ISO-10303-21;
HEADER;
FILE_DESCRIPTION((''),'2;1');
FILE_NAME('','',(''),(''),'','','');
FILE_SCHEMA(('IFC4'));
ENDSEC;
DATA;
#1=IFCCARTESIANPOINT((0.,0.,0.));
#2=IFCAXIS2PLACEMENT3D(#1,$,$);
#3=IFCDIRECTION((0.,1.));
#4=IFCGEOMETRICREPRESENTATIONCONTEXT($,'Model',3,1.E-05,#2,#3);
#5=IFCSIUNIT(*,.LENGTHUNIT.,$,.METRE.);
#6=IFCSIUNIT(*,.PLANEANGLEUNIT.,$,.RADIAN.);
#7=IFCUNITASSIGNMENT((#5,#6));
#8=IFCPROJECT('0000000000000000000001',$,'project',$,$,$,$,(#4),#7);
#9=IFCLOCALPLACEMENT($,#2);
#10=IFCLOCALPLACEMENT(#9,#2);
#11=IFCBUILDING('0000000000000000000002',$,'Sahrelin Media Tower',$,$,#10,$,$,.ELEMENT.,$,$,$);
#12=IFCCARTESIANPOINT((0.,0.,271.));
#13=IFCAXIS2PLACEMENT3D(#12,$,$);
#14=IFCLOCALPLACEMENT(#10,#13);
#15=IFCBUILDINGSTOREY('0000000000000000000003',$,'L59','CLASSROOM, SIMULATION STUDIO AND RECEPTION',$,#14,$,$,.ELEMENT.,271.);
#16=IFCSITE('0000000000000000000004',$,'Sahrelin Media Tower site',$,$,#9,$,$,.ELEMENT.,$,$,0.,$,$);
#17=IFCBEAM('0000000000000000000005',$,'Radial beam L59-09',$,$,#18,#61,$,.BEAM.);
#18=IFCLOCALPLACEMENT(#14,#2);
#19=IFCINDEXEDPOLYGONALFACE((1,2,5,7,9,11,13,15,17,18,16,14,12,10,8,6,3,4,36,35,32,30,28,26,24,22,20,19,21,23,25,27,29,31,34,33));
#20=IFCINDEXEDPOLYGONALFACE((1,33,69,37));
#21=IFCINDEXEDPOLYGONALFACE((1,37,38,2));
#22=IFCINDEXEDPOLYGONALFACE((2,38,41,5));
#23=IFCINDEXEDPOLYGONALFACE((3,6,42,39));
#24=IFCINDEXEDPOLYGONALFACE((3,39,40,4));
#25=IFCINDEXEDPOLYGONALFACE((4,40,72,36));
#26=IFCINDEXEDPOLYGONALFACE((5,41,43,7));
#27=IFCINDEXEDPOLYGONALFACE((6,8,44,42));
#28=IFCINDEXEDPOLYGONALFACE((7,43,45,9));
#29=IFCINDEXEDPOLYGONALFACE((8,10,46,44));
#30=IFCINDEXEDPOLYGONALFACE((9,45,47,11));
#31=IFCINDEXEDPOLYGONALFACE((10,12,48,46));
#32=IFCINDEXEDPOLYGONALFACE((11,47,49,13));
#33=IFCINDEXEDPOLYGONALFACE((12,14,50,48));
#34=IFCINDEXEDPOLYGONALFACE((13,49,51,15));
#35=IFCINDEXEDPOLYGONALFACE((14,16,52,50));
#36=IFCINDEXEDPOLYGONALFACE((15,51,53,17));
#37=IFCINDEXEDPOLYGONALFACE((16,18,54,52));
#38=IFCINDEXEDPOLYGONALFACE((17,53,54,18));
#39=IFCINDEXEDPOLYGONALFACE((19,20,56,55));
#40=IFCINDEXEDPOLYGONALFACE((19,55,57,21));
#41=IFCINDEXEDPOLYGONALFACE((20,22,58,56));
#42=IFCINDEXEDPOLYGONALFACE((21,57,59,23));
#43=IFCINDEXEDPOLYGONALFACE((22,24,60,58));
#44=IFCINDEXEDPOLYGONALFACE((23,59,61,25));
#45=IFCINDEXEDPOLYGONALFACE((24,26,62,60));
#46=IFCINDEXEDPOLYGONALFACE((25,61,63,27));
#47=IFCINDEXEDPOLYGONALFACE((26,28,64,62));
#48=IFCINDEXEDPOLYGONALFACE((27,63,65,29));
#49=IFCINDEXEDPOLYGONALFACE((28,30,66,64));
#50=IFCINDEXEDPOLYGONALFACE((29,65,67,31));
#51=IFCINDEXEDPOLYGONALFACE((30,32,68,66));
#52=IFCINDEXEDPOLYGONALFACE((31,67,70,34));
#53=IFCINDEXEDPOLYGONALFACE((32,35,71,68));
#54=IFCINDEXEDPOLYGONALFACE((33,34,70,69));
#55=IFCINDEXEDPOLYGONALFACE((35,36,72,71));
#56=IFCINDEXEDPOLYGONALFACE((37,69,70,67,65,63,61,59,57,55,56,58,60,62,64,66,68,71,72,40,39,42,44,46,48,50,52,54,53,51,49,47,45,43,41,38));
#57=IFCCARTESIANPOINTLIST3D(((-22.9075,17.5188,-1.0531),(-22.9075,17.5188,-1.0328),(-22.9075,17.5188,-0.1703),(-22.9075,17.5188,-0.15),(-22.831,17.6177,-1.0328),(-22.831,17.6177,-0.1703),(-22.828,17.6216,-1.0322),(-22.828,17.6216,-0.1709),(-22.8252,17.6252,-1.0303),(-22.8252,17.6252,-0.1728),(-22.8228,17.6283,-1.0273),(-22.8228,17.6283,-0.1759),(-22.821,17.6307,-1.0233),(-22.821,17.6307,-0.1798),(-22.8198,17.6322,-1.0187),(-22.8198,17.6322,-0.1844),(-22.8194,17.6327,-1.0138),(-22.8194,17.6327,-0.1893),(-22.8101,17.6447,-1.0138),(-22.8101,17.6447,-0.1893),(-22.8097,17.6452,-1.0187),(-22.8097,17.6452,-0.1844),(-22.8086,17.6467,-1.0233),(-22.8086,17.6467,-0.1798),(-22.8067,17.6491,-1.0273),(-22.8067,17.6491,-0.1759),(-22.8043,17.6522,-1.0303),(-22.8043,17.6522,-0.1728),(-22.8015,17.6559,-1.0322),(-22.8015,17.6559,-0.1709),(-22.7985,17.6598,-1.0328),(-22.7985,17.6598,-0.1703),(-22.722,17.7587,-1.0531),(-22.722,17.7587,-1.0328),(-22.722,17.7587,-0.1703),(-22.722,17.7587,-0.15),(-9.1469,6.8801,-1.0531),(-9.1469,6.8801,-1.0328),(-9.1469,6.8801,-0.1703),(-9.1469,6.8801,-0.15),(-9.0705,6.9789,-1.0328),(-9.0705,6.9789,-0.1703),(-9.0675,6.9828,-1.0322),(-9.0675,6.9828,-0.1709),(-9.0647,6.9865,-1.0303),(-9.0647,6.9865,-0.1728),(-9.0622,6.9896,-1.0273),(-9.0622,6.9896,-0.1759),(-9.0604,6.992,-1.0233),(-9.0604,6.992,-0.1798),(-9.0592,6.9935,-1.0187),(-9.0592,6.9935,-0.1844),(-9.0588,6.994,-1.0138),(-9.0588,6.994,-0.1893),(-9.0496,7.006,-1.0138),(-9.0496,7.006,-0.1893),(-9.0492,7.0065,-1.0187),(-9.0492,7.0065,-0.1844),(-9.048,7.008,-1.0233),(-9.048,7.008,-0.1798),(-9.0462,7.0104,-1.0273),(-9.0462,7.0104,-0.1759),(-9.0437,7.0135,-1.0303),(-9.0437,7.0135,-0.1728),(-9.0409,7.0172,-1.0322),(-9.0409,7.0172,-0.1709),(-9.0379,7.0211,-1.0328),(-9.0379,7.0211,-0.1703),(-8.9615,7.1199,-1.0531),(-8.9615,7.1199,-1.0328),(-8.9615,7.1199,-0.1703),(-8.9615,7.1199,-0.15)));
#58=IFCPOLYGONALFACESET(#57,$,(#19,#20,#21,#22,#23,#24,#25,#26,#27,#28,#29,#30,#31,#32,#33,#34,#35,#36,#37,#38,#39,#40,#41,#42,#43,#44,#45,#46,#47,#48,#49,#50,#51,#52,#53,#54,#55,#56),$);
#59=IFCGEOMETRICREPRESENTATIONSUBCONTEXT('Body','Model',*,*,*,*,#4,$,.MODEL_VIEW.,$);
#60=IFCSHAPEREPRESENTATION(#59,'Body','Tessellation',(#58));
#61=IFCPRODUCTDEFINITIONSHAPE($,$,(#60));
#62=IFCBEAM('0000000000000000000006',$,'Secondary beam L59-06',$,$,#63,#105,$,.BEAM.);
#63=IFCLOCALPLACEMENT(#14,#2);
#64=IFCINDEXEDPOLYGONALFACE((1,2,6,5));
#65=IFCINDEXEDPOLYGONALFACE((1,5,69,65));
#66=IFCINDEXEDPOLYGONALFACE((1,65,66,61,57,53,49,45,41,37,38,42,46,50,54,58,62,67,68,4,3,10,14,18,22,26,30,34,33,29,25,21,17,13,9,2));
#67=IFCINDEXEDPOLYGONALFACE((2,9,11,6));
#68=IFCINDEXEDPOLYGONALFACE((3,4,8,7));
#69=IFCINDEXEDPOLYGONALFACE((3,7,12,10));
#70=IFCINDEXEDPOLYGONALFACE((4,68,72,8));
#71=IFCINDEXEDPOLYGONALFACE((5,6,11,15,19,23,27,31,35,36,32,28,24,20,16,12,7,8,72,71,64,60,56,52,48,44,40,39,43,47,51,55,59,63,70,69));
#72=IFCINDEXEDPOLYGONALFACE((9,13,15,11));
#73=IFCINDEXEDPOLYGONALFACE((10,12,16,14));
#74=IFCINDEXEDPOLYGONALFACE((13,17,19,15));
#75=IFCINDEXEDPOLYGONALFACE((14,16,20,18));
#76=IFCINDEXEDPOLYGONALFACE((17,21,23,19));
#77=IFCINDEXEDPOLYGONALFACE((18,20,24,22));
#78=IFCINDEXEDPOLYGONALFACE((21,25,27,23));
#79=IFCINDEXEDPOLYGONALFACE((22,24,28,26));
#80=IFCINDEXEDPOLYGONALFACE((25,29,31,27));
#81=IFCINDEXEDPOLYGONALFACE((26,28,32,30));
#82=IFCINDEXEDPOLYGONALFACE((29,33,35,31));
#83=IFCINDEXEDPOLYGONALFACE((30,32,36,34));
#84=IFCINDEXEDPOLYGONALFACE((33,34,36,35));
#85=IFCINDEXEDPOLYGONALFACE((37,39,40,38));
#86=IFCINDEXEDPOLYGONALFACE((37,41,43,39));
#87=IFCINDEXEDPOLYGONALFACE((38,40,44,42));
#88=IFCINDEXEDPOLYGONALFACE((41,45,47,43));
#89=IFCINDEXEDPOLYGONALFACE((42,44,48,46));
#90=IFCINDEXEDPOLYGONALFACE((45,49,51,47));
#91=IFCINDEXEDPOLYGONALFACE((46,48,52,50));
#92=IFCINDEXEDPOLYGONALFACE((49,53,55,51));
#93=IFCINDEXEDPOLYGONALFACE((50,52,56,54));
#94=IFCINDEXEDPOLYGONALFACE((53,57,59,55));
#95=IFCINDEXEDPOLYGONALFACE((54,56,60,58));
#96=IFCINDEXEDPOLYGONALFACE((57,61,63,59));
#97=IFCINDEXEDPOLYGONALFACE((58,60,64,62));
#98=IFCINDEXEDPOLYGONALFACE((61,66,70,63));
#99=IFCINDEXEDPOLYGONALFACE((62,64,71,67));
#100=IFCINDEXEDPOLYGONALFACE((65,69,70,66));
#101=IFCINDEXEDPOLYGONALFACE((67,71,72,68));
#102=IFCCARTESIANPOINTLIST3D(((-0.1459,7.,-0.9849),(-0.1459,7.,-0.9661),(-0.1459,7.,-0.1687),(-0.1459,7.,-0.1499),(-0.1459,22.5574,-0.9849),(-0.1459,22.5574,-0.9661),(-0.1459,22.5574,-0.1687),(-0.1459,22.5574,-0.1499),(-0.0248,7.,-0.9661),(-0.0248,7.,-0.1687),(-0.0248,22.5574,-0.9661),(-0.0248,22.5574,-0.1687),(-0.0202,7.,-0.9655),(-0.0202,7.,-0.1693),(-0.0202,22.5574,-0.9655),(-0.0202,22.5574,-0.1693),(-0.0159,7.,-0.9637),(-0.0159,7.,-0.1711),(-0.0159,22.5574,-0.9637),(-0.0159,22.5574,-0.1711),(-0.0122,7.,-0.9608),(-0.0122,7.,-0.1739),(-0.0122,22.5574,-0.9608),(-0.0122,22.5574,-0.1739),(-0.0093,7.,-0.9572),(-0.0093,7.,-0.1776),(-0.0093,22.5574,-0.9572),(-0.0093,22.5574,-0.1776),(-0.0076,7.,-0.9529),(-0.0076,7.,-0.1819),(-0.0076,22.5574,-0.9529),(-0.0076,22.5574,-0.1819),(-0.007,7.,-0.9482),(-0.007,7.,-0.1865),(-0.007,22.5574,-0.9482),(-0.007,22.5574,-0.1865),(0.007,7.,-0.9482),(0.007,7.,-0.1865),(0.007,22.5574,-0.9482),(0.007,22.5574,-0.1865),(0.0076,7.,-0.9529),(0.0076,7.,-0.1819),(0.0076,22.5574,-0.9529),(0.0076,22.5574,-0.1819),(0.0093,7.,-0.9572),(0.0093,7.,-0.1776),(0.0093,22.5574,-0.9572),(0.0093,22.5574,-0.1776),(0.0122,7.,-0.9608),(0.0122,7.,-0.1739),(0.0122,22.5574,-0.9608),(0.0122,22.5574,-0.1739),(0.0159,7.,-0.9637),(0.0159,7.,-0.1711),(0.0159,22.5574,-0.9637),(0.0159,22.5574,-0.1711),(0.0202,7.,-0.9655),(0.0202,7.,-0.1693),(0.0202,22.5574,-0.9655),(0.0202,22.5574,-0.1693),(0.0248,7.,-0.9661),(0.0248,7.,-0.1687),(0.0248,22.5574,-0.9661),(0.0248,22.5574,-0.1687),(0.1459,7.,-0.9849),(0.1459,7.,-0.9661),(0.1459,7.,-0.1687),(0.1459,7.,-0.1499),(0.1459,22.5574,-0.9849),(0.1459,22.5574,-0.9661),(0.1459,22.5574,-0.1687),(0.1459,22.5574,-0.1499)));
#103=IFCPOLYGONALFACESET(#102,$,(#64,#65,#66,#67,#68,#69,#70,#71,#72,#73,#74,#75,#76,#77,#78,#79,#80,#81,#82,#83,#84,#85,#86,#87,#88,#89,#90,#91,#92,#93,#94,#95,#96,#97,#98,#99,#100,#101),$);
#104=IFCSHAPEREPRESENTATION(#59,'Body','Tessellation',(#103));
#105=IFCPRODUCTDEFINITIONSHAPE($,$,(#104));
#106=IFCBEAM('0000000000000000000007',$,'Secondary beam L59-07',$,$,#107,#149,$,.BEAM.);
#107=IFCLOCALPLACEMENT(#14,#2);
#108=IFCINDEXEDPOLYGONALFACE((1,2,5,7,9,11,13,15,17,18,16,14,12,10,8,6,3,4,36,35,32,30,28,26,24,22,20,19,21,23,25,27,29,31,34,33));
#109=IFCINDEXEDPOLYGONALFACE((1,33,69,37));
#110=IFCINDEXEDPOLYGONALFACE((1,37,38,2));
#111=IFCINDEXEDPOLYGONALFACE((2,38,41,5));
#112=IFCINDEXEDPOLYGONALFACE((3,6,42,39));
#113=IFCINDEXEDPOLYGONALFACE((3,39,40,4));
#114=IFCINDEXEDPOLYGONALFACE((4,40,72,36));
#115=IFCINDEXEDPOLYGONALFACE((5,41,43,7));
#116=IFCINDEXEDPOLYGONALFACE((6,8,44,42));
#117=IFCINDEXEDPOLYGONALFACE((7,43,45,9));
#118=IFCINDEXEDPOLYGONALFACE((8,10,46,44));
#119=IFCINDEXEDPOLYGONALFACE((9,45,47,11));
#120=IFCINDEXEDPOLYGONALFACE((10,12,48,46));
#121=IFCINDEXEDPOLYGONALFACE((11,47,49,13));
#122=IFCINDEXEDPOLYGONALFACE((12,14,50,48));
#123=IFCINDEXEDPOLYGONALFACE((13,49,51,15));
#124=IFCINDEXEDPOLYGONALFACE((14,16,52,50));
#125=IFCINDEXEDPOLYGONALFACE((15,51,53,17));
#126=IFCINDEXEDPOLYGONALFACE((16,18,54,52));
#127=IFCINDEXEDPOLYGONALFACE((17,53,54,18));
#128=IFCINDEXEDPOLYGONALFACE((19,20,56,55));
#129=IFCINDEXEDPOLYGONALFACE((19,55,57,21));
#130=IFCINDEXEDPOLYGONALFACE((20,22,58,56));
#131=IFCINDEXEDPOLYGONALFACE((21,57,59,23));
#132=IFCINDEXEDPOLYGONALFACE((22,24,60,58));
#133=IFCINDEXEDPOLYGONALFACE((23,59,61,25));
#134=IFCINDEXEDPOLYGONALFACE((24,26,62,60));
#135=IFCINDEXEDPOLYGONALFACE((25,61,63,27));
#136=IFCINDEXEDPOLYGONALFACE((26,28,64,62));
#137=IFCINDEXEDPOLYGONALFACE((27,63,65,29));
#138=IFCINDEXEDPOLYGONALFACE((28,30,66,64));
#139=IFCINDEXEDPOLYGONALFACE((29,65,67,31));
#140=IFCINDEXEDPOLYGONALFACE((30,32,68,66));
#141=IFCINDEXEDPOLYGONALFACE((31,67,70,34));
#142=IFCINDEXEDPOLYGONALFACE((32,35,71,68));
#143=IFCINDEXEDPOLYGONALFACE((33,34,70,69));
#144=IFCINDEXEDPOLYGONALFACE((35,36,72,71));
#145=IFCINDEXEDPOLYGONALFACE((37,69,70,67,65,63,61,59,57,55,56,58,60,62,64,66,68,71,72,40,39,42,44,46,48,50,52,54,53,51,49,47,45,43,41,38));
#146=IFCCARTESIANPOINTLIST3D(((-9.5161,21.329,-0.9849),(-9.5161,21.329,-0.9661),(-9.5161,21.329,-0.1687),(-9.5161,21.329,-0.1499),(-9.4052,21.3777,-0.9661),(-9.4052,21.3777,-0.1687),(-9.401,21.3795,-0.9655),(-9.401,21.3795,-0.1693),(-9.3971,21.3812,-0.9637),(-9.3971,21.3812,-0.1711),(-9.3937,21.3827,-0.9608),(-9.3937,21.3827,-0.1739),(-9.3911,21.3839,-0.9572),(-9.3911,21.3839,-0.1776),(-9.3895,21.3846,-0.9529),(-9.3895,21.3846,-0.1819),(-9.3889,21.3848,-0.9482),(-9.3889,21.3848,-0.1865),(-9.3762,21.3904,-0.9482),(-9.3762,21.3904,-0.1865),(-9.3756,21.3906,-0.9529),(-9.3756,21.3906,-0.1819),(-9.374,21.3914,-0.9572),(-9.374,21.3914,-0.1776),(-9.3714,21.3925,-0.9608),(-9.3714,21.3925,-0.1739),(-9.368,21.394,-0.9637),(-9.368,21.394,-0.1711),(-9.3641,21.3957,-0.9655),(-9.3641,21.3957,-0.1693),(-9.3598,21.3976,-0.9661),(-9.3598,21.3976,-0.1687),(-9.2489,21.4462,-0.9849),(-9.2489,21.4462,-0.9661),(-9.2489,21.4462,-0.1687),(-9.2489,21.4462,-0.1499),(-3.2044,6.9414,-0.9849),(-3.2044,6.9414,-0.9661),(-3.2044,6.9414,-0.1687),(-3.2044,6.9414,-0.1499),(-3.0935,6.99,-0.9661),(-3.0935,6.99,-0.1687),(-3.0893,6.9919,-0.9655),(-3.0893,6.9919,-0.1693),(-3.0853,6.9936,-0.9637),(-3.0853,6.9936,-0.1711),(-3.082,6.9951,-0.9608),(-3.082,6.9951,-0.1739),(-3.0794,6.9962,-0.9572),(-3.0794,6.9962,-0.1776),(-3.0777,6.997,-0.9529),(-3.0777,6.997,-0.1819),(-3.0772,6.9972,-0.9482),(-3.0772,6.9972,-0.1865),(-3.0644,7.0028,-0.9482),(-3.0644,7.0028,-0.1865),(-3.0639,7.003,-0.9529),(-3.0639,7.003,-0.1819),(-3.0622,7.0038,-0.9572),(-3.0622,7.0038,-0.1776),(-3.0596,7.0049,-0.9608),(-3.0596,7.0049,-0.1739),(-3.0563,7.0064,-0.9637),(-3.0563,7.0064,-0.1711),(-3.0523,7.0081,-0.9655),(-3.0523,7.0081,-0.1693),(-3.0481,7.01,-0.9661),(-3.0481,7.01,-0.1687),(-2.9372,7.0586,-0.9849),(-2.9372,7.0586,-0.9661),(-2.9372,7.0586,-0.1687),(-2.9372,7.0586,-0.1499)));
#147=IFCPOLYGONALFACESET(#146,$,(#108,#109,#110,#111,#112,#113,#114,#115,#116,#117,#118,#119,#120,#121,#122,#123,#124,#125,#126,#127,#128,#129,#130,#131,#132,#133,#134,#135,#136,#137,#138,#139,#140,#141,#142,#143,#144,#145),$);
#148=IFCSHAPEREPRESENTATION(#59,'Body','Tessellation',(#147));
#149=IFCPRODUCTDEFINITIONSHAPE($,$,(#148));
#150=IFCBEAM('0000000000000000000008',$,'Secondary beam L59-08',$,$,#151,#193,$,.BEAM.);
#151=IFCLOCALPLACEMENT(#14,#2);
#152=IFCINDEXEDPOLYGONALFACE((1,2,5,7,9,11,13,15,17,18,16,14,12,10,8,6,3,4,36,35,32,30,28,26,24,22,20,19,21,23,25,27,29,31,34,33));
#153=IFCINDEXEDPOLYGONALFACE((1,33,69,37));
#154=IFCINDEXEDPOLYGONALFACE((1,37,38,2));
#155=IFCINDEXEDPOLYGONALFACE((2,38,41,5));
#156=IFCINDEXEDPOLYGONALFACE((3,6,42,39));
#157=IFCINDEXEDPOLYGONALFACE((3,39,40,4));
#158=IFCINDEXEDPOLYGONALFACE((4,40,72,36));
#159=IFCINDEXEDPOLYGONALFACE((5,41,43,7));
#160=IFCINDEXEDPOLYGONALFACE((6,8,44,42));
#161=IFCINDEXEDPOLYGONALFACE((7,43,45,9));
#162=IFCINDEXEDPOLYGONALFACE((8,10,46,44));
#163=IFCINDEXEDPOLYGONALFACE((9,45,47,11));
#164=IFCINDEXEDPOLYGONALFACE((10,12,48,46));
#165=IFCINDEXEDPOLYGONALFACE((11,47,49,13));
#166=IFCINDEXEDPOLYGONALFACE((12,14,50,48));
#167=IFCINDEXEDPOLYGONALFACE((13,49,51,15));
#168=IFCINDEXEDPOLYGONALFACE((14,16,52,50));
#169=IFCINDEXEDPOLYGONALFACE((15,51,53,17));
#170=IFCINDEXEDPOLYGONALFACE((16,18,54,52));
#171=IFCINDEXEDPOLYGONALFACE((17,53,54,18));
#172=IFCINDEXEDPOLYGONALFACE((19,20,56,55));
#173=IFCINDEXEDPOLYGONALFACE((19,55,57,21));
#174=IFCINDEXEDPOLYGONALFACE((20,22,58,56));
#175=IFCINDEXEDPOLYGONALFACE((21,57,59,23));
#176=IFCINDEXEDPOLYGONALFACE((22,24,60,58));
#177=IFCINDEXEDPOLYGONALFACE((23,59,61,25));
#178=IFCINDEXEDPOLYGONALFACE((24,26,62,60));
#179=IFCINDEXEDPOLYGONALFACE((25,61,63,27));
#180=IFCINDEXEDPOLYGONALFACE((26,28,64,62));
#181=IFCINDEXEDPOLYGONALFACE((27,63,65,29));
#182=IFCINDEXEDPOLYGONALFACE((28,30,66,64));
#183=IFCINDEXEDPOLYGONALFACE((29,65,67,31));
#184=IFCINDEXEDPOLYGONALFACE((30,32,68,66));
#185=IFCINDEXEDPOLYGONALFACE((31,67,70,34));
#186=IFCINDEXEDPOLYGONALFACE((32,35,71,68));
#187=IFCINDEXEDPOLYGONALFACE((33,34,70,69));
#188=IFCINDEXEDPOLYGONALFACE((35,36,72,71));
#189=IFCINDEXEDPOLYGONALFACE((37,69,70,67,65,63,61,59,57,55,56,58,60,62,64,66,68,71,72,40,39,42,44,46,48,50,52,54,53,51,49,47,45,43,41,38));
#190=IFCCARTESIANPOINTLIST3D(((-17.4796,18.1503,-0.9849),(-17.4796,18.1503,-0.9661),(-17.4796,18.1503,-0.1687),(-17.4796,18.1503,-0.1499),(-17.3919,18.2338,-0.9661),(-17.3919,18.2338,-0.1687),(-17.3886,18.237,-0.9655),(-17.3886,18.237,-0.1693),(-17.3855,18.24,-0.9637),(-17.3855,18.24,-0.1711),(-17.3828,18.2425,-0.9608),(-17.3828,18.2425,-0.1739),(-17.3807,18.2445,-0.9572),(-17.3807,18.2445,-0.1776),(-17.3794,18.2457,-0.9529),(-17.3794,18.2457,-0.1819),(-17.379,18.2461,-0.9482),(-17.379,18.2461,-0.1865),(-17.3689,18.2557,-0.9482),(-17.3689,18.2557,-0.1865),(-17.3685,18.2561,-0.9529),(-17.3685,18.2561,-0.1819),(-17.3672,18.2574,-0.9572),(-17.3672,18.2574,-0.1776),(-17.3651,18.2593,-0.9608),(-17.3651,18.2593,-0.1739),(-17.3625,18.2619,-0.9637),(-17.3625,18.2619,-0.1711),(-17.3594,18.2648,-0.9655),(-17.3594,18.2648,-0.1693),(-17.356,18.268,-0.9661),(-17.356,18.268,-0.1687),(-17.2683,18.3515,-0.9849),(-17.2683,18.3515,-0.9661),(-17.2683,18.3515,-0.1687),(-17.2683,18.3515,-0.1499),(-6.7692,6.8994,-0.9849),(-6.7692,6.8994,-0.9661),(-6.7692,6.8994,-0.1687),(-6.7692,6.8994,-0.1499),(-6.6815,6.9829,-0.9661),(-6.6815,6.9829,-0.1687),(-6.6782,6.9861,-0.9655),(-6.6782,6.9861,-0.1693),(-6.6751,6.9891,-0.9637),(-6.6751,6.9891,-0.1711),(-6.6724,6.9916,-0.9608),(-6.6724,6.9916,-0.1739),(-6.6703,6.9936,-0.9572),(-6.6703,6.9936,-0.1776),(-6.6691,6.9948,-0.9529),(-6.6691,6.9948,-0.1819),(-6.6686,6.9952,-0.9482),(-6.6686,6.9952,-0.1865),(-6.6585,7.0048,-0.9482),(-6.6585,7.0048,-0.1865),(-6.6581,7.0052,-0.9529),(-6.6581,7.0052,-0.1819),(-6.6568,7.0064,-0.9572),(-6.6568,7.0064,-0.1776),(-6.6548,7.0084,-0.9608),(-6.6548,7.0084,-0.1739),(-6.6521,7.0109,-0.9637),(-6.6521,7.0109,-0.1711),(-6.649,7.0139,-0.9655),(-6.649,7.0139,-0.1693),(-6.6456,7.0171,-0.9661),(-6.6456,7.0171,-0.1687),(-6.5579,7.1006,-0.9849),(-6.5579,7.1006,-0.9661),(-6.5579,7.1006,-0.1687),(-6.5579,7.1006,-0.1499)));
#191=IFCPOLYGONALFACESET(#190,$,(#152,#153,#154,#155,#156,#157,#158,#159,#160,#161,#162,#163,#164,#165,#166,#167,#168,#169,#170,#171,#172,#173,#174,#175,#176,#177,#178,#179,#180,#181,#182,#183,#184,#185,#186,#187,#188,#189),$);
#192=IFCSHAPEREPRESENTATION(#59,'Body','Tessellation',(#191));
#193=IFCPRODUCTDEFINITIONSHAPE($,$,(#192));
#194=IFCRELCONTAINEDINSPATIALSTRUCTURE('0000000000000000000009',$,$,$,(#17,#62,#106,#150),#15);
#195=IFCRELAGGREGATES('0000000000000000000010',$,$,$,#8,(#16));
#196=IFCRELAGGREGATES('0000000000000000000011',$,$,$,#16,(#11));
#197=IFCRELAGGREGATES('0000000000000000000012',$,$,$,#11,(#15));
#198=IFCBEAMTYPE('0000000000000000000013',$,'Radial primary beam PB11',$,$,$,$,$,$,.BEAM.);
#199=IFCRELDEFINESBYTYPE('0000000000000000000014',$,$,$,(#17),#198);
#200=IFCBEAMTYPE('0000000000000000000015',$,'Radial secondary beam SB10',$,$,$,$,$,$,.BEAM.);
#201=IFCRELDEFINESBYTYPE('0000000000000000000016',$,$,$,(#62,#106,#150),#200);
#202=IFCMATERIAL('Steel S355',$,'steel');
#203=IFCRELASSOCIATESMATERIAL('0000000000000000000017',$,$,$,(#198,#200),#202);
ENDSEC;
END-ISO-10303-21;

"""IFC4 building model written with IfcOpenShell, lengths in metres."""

from ifc_helpers import new_model, si_unit, direction, frame, origin, origin_2d, place, context, subcontext, project, spatial, i_section, extrude, material, material_profile, profile_set, type_object, element, save


model = new_model("IFC4")

# Units and contexts
model_context = context("Model", 3, precision=1e-05, world=origin(), true_north=direction((0.0, 1.0)))
body_context = subcontext(model_context, "Body", "Model", "MODEL_VIEW")
ifc_project = project(units=[si_unit("LENGTHUNIT", "METRE"), si_unit("PLANEANGLEUNIT", "RADIAN")], contexts=[model_context])

# Site, building, storey
site_placement = place(None, origin())
site = spatial("IfcSite", under=ifc_project, at=site_placement, Name="Sahrelin Media Tower site", CompositionType="ELEMENT", RefElevation=0.0)
building_placement = place(site_placement, origin())
building = spatial("IfcBuilding", under=site, at=building_placement, Name="Sahrelin Media Tower", CompositionType="ELEMENT")
storey_placement = place(building_placement, frame((0.0, 0.0, 271.0)))
storey = spatial("IfcBuildingStorey", under=building, at=storey_placement, Name="L59", Description="CLASSROOM, SIMULATION STUDIO AND RECEPTION", CompositionType="ELEMENT", Elevation=271.0)

# Shared definitions
ifc_material_1 = material(Name="Steel S355", Category="steel")

# Beams
ifc_material_profile_1 = material_profile(ifc_material_1, i_section(OverallWidth=0.3032, OverallDepth=0.9031, WebThickness=0.0151, FlangeThickness=0.0203, FilletRadius=0.019, at=origin_2d()), Name="UB 914x305x201")
ifc_profile_set_1 = profile_set([ifc_material_profile_1], Name="Steel S355")
beam_type_1 = type_object("IfcBeamType", Name="Radial primary beam PB11", PredefinedType="BEAM", material=ifc_profile_set_1)
beam_1_placement = place(storey_placement, frame((-9.0542, 7.0, -0.6016), z_axis=(-0.79113, 0.611648, 0.0), x_axis=(-0.611648, -0.79113, 0.0)))
element("IfcBeam", 1, at=beam_1_placement, inside=storey, type_object=beam_type_1, Name="Radial beam L59-09", PredefinedType="BEAM", context=body_context, shape_type="SweptSolid", body=[
    extrude(i_section(OverallWidth=0.3032, OverallDepth=0.9031, WebThickness=0.0151, FlangeThickness=0.0203, FilletRadius=0.019, at=origin_2d()), origin(), (0.0, 0.0, 1.0), 17.3936),
])
ifc_material_profile_2 = material_profile(ifc_material_1, i_section(OverallWidth=0.2917, OverallDepth=0.835, WebThickness=0.0139, FlangeThickness=0.0188, FilletRadius=0.0178, at=origin_2d()), Name="UB 838x292x176")
ifc_profile_set_2 = profile_set([ifc_material_profile_2], Name="Steel S355")
beam_type_2 = type_object("IfcBeamType", Name="Radial secondary beam SB10", PredefinedType="BEAM", material=ifc_profile_set_2)
beam_2_placement = place(storey_placement, frame((0.0, 7.0, -0.5674), z_axis=(0.0, 1.0, 0.0), x_axis=(-1.0, 0.0, 0.0)))
element("IfcBeam", 2, at=beam_2_placement, inside=storey, type_object=beam_type_2, Name="Secondary beam L59-06", PredefinedType="BEAM", context=body_context, shape_type="SweptSolid", body=[
    extrude(i_section(OverallWidth=0.2917, OverallDepth=0.835, WebThickness=0.0139, FlangeThickness=0.0188, FilletRadius=0.0178, at=origin_2d()), origin(), (0.0, 0.0, 1.0), 15.5574),
])
beam_3_placement = place(storey_placement, frame((-3.0708, 7.0, -0.5674), z_axis=(-0.401735, 0.915756, 0.0), x_axis=(-0.915756, -0.401735, 0.0)))
element("IfcBeam", 3, at=beam_3_placement, inside=storey, type_object=beam_type_2, Name="Secondary beam L59-07", PredefinedType="BEAM", context=body_context, shape_type="SweptSolid", body=[
    extrude(i_section(OverallWidth=0.2917, OverallDepth=0.835, WebThickness=0.0139, FlangeThickness=0.0188, FilletRadius=0.0178, at=origin_2d()), origin(), (0.0, 0.0, 1.0), 15.7112),
])
beam_4_placement = place(storey_placement, frame((-6.6636, 7.0, -0.5674), z_axis=(-0.689494, 0.724291, 0.0), x_axis=(-0.724291, -0.689494, 0.0)))
element("IfcBeam", 4, at=beam_4_placement, inside=storey, type_object=beam_type_2, Name="Secondary beam L59-08", PredefinedType="BEAM", context=body_context, shape_type="SweptSolid", body=[
    extrude(i_section(OverallWidth=0.2917, OverallDepth=0.835, WebThickness=0.0139, FlangeThickness=0.0188, FilletRadius=0.0178, at=origin_2d()), origin(), (0.0, 0.0, 1.0), 15.5337),
])

save(model, "model.ifc")
